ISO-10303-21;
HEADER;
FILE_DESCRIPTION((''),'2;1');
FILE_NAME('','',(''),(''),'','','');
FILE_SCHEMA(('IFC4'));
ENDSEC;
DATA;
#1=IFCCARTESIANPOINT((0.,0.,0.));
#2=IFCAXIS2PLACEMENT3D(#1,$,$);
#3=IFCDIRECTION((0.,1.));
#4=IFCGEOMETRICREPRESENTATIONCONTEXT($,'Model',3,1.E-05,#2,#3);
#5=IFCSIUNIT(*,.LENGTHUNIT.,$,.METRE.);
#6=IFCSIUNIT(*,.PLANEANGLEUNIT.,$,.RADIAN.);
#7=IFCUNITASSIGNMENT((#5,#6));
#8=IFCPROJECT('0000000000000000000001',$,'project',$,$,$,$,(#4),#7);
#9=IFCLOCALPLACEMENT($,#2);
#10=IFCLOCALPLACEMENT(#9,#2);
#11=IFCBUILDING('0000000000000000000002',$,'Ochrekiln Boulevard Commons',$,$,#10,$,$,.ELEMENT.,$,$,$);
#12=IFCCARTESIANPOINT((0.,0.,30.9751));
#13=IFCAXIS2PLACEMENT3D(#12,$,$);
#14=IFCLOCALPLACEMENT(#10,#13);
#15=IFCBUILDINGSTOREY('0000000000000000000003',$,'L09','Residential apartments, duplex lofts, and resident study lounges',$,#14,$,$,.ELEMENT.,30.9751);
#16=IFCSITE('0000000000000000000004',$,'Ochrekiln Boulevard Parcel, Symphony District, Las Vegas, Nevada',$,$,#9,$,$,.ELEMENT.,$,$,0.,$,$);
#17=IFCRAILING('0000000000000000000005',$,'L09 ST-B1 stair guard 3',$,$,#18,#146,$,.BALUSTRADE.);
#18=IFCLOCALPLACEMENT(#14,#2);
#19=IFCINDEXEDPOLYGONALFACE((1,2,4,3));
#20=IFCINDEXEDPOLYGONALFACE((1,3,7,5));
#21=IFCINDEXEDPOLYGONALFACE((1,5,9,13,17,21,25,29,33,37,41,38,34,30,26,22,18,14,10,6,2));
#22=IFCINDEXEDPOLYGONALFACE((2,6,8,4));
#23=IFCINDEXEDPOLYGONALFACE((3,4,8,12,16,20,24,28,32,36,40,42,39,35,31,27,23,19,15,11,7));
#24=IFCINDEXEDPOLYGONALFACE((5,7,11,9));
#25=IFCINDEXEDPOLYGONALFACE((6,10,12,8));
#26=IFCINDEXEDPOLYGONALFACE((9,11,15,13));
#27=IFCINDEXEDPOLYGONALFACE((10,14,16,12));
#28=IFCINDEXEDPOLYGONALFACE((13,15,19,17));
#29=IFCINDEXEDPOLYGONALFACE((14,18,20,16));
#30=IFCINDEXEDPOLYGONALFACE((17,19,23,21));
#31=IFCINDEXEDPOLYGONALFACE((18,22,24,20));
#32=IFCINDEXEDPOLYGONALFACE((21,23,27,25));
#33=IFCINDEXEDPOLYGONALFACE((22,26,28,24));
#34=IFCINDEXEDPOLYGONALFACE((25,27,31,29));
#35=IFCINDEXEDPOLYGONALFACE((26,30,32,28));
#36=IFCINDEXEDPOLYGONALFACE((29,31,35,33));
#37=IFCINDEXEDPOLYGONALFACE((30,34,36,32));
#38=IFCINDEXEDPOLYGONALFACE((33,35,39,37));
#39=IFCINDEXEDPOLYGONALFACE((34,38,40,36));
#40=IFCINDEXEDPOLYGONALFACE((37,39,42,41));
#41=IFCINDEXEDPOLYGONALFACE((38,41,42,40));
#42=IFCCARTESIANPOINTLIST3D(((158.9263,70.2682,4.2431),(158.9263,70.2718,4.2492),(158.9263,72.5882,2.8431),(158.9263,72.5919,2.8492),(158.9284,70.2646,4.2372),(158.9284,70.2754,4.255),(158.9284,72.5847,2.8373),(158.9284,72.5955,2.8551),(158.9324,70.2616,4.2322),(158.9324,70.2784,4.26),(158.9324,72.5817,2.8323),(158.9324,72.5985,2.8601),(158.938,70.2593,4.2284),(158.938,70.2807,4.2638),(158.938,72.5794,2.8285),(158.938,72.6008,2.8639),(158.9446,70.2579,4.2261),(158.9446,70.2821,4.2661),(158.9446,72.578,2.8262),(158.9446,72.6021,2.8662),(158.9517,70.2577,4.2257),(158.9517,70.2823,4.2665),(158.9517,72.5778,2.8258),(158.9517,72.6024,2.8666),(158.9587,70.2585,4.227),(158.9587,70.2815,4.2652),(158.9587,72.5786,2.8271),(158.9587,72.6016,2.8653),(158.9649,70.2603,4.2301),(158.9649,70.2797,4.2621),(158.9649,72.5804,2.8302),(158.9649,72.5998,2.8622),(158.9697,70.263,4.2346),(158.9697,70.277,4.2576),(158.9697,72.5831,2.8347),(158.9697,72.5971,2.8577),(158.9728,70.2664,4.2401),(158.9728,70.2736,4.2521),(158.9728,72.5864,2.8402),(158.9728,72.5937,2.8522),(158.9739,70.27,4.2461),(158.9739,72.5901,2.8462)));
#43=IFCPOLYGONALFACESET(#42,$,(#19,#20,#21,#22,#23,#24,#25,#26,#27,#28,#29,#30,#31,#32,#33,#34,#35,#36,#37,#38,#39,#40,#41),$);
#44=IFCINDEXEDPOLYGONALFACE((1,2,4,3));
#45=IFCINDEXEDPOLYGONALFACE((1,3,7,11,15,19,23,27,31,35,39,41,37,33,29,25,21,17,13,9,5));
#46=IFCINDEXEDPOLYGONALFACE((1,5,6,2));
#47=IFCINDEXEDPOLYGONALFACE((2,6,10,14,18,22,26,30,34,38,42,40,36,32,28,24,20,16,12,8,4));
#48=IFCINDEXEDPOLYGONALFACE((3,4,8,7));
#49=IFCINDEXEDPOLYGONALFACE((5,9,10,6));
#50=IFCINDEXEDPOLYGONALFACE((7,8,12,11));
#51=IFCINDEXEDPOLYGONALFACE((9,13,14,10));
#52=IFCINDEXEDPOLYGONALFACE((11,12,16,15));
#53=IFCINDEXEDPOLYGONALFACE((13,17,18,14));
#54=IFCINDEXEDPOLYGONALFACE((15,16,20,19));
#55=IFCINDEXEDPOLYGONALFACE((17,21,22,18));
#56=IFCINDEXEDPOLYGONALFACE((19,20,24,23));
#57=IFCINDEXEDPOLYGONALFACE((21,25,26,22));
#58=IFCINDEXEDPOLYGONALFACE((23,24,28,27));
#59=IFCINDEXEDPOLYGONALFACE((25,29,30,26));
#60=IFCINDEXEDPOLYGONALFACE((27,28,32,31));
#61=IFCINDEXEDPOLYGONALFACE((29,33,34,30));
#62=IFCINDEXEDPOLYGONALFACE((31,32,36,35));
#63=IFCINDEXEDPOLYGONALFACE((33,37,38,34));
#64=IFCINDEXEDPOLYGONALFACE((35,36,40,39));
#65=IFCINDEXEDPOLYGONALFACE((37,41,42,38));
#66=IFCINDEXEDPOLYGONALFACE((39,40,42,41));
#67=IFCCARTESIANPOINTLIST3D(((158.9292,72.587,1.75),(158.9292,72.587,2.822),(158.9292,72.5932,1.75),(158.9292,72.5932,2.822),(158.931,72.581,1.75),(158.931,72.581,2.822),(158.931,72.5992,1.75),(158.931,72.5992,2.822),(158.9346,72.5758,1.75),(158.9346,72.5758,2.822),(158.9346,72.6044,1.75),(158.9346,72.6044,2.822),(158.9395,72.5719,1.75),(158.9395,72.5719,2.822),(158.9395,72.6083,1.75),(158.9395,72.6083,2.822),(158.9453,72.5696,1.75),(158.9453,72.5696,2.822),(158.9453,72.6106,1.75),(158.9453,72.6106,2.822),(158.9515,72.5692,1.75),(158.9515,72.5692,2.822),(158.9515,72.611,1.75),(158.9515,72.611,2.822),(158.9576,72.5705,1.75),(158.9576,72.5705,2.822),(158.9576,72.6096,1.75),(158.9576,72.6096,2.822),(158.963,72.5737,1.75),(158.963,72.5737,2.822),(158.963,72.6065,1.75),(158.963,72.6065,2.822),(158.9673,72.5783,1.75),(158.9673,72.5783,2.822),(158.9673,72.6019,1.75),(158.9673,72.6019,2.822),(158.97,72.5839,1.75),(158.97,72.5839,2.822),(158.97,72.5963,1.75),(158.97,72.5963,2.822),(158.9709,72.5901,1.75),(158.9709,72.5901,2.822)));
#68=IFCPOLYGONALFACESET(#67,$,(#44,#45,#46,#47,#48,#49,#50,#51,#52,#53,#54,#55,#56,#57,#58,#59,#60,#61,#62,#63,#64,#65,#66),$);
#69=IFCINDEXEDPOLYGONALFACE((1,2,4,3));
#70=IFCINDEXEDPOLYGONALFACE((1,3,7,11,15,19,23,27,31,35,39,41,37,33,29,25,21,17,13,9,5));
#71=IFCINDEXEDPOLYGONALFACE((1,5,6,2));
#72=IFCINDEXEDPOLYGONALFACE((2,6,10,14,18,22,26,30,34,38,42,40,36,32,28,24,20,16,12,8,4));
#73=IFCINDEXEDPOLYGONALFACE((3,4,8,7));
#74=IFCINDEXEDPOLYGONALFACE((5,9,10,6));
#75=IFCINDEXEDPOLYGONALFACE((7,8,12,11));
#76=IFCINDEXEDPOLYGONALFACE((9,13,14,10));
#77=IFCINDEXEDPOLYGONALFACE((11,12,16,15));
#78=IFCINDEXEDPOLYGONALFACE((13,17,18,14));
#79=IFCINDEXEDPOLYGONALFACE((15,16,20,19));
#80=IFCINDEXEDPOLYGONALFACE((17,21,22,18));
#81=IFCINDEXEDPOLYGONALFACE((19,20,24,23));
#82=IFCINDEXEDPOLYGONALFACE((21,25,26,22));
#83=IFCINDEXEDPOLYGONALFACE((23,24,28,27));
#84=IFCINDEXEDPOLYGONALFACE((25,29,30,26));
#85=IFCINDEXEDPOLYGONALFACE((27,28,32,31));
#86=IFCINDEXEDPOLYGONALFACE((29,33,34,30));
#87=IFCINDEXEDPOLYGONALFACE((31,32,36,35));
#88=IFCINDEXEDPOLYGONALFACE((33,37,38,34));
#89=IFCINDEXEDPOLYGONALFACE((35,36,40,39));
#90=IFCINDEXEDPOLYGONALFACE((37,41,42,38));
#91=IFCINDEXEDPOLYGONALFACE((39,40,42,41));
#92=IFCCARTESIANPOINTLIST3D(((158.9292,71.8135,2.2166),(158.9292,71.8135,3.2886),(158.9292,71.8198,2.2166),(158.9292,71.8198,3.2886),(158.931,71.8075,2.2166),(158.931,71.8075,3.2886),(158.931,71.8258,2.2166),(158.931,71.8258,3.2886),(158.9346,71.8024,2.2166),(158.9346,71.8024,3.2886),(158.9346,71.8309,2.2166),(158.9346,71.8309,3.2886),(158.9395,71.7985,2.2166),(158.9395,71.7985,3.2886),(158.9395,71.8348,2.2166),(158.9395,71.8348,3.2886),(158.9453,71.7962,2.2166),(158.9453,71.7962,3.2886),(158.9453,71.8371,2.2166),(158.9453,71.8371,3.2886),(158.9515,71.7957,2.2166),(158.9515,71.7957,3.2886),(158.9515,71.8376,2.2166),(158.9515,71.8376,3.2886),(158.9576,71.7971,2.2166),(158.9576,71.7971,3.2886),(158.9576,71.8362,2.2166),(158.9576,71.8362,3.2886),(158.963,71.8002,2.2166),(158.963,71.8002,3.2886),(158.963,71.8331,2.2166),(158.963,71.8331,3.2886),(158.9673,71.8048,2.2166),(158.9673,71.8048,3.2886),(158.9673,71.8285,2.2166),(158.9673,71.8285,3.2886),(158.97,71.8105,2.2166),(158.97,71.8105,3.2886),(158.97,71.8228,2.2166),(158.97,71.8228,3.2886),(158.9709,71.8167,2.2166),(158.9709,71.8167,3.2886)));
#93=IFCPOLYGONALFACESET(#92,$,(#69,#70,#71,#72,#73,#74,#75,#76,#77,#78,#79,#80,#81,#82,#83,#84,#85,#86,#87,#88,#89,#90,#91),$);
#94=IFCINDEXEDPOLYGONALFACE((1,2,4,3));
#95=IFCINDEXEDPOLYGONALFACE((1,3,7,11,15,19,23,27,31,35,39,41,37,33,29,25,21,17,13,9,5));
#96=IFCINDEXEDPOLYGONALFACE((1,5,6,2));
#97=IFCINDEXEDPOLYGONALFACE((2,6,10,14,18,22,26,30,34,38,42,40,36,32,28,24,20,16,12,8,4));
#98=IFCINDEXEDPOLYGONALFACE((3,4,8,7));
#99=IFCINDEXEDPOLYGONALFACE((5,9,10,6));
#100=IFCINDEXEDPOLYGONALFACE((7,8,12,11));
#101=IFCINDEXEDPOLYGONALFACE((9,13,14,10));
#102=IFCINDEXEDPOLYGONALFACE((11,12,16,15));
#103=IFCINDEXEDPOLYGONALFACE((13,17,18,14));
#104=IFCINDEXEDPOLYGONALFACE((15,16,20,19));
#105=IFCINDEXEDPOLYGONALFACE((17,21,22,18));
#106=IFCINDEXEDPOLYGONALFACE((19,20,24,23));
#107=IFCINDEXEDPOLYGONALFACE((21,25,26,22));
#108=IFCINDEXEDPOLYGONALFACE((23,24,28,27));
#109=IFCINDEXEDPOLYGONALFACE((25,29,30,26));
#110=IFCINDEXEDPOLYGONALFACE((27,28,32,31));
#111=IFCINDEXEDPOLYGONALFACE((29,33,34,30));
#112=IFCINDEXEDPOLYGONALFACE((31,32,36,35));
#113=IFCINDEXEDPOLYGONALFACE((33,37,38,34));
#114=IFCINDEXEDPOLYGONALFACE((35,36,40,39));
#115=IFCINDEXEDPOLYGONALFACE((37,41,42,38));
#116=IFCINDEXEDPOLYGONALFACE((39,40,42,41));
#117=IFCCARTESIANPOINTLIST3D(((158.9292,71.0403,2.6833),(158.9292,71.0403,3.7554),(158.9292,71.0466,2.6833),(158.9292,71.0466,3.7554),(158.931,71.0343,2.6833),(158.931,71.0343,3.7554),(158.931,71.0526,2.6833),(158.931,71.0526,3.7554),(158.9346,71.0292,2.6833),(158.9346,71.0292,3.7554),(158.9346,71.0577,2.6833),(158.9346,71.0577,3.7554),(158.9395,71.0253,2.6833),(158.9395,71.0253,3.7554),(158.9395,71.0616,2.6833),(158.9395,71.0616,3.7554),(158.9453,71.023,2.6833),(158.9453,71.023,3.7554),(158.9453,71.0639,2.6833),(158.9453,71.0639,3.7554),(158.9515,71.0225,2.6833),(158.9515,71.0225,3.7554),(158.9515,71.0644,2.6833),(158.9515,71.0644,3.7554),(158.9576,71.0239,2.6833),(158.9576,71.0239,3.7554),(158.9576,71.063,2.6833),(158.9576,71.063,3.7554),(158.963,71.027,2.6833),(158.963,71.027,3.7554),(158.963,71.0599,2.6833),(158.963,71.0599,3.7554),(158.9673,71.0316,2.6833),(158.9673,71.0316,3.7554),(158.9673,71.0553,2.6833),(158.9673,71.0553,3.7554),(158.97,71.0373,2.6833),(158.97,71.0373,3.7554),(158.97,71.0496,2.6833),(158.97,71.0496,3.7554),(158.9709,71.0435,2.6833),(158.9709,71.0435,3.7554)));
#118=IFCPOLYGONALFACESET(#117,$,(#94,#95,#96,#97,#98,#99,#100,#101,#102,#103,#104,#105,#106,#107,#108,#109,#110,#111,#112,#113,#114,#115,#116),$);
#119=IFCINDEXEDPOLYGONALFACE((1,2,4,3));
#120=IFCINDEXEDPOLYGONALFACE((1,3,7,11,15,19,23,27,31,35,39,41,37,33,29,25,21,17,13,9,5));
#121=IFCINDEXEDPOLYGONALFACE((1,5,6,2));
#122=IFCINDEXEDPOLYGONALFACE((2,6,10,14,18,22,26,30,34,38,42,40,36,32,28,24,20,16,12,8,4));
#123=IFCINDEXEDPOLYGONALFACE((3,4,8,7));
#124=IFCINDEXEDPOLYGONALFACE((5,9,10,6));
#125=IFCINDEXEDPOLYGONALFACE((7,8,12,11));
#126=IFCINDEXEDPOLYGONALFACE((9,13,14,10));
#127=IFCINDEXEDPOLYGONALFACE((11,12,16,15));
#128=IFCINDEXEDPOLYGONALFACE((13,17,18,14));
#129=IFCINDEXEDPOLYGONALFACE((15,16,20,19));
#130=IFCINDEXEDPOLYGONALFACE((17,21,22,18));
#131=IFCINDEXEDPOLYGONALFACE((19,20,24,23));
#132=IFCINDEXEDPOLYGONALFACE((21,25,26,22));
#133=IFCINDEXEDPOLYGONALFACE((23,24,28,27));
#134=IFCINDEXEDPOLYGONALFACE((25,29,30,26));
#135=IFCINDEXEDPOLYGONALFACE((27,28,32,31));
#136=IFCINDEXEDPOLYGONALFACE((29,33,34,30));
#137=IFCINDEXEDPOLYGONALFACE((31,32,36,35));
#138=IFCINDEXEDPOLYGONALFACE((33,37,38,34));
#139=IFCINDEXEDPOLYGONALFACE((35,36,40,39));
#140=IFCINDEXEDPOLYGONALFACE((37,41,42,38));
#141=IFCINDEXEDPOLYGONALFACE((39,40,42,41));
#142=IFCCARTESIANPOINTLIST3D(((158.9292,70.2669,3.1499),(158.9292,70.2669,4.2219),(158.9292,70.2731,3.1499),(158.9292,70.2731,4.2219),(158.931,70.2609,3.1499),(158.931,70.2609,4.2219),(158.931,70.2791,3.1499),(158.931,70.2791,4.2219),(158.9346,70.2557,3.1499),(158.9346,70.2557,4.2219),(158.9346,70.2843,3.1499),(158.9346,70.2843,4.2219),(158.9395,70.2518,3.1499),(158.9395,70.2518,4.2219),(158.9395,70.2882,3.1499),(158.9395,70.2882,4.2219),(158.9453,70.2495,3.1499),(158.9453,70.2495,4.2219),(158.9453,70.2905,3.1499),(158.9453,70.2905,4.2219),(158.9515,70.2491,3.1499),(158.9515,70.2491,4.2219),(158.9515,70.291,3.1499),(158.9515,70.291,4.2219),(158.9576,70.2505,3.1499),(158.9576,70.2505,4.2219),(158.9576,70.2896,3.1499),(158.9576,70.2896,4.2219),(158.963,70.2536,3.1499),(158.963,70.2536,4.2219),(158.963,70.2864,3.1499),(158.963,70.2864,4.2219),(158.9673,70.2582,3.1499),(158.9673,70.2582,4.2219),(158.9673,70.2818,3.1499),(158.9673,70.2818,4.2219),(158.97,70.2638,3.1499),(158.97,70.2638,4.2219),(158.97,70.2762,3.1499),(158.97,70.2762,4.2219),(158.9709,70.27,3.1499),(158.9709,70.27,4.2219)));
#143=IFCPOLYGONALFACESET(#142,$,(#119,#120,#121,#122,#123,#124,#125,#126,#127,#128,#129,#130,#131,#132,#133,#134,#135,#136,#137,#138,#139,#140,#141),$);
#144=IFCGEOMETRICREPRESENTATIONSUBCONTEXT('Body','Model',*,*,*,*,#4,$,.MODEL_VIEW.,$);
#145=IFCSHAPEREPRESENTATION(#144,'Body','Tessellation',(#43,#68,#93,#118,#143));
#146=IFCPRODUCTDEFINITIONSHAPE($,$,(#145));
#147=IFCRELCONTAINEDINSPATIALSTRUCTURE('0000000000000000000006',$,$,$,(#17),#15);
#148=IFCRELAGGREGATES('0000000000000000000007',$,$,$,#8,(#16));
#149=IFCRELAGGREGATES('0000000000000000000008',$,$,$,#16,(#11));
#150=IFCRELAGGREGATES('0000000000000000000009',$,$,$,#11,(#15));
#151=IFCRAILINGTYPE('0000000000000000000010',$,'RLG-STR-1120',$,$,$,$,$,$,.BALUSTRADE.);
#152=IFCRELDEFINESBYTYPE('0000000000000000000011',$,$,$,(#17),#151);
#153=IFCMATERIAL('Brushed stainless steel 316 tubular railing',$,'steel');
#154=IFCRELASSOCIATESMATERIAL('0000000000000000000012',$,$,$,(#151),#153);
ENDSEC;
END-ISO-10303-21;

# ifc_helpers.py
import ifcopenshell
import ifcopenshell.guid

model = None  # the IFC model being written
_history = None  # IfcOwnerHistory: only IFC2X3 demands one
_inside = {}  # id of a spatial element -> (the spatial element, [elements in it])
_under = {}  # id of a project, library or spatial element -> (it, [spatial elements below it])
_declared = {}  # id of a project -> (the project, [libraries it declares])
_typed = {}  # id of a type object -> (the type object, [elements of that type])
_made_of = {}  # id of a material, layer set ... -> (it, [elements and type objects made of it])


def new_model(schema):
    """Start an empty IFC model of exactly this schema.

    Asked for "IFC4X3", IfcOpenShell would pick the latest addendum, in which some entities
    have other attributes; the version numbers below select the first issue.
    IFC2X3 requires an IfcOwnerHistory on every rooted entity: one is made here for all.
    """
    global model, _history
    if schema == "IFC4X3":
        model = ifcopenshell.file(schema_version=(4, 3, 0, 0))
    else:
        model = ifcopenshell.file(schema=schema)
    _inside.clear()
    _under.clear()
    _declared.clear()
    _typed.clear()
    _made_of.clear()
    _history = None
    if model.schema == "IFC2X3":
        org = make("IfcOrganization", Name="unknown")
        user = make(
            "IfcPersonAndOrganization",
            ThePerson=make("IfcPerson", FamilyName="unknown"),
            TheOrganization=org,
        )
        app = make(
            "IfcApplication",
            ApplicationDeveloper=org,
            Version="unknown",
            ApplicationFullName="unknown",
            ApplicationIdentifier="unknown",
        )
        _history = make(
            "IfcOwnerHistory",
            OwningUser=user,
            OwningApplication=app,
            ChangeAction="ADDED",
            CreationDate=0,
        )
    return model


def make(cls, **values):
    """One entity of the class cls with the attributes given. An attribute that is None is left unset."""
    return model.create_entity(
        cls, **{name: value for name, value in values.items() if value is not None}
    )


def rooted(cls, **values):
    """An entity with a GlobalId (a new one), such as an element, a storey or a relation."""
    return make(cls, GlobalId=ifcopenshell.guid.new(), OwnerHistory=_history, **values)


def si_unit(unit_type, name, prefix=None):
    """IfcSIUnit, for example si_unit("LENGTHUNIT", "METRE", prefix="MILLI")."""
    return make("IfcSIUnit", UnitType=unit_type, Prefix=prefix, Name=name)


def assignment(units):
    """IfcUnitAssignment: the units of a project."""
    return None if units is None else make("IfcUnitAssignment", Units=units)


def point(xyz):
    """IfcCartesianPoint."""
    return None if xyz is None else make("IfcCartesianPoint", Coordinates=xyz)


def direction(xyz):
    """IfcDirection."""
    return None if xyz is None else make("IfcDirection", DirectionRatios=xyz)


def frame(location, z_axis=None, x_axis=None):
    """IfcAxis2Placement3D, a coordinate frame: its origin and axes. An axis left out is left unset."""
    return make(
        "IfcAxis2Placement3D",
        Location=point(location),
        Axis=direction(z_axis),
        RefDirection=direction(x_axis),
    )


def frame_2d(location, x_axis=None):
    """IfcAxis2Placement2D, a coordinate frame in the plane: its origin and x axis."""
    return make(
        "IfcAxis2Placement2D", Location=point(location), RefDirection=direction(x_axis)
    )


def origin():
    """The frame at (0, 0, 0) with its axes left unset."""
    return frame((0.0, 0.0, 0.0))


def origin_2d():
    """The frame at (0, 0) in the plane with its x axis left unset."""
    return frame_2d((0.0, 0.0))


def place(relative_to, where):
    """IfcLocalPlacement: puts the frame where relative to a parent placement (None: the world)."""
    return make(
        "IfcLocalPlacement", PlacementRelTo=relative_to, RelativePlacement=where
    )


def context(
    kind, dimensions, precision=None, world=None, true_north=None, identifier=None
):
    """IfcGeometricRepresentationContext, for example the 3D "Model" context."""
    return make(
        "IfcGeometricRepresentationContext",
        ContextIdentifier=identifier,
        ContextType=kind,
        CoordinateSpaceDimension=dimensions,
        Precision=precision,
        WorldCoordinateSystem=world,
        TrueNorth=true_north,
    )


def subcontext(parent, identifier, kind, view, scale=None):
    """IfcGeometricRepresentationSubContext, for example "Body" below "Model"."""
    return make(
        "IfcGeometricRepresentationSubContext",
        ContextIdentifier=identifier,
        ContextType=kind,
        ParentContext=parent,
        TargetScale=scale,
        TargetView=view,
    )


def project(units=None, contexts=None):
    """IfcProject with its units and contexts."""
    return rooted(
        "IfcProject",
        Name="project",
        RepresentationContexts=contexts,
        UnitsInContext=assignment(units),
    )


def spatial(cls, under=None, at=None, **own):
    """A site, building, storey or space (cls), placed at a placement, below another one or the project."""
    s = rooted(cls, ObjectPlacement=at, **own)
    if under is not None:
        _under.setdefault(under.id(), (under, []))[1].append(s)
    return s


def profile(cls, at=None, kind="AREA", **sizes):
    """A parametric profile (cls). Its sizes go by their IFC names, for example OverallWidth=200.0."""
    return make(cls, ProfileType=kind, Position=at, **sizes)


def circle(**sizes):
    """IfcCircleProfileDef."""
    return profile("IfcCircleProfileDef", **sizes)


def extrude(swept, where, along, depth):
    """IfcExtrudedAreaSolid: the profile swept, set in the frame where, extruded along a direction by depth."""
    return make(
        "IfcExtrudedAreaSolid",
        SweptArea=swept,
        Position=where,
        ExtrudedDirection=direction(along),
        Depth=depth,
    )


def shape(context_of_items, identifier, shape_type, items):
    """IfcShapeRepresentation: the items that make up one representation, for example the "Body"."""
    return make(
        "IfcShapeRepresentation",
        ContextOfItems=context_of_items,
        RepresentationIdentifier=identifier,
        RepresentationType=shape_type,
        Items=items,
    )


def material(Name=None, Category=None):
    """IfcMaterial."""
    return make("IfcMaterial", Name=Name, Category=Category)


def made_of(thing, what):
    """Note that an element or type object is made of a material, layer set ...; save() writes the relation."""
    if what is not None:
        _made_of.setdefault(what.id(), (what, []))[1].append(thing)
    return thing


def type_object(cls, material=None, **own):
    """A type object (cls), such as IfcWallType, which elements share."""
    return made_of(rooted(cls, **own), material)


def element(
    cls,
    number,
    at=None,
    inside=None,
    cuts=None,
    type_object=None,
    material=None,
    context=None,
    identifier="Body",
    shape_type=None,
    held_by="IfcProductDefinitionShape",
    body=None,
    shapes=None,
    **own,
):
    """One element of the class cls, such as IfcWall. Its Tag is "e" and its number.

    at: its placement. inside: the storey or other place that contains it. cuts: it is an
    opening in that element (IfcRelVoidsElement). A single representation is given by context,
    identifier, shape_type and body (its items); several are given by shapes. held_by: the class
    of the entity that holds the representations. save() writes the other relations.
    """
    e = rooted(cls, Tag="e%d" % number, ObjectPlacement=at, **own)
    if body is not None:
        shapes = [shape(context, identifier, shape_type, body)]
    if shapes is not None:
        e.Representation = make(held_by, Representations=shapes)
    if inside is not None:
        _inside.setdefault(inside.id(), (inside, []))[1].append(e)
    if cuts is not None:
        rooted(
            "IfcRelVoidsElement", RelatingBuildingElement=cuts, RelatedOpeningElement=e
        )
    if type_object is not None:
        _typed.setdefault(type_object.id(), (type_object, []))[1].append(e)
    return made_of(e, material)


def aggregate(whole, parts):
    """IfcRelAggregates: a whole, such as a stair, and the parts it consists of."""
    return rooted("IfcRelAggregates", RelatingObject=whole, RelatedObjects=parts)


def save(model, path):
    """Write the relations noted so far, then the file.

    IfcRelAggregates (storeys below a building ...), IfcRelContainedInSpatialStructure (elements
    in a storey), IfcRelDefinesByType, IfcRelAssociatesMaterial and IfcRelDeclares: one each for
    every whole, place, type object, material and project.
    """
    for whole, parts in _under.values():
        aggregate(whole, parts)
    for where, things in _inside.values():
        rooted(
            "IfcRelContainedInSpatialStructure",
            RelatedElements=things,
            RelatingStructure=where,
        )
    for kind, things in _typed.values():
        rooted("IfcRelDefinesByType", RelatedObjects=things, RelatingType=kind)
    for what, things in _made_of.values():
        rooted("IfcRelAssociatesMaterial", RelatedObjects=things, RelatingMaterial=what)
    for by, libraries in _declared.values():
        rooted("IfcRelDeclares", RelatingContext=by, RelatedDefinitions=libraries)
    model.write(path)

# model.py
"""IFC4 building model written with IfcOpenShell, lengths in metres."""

from ifc_helpers import new_model, si_unit, direction, frame, origin, origin_2d, place, context, subcontext, project, spatial, circle, extrude, material, type_object, element, save


model = new_model("IFC4")

# Units and contexts
model_context = context("Model", 3, precision=1e-05, world=origin(), true_north=direction((0.0, 1.0)))
body_context = subcontext(model_context, "Body", "Model", "MODEL_VIEW")
ifc_project = project(units=[si_unit("LENGTHUNIT", "METRE"), si_unit("PLANEANGLEUNIT", "RADIAN")], contexts=[model_context])

# Site, building, storey
site_placement = place(None, origin())
site = spatial("IfcSite", under=ifc_project, at=site_placement, Name="Ochrekiln Boulevard Parcel, Symphony District, Las Vegas, Nevada", CompositionType="ELEMENT", RefElevation=0.0)
building_placement = place(site_placement, origin())
building = spatial("IfcBuilding", under=site, at=building_placement, Name="Ochrekiln Boulevard Commons", CompositionType="ELEMENT")
storey_placement = place(building_placement, frame((0.0, 0.0, 30.9751)))
storey = spatial("IfcBuildingStorey", under=building, at=storey_placement, Name="L09", Description="Residential apartments, duplex lofts, and resident study lounges", CompositionType="ELEMENT", Elevation=30.9751)

# Railing
ifc_material_1 = material(Name="Brushed stainless steel 316 tubular railing", Category="steel")
railing_type_1 = type_object("IfcRailingType", Name="RLG-STR-1120", PredefinedType="BALUSTRADE", material=ifc_material_1)
railing_1_placement = place(storey_placement, frame((158.95, 72.5901, 1.75)))
element("IfcRailing", 1, at=railing_1_placement, inside=storey, type_object=railing_type_1, Name="L09 ST-B1 stair guard 3", PredefinedType="BALUSTRADE", context=body_context, shape_type="SweptSolid", body=[
    extrude(circle(Radius=0.0239, at=origin_2d()), frame((0.0, 0.0, 1.0962), z_axis=(0.0, -0.85621, 0.516627), x_axis=(1.0, 0.0, 0.0)), (0.0, 0.0, 1.0), 2.7097),
    extrude(circle(Radius=0.021, at=origin_2d()), origin(), (0.0, 0.0, 1.0), 1.072),
    extrude(circle(Radius=0.021, at=origin_2d()), frame((0.0, -0.7734, 0.4666)), (0.0, 0.0, 1.0), 1.072),
    extrude(circle(Radius=0.021, at=origin_2d()), frame((0.0, -1.5466, 0.9333)), (0.0, 0.0, 1.0), 1.072),
    extrude(circle(Radius=0.021, at=origin_2d()), frame((0.0, -2.3201, 1.3999)), (0.0, 0.0, 1.0), 1.072),
])

save(model, "model.ifc")
